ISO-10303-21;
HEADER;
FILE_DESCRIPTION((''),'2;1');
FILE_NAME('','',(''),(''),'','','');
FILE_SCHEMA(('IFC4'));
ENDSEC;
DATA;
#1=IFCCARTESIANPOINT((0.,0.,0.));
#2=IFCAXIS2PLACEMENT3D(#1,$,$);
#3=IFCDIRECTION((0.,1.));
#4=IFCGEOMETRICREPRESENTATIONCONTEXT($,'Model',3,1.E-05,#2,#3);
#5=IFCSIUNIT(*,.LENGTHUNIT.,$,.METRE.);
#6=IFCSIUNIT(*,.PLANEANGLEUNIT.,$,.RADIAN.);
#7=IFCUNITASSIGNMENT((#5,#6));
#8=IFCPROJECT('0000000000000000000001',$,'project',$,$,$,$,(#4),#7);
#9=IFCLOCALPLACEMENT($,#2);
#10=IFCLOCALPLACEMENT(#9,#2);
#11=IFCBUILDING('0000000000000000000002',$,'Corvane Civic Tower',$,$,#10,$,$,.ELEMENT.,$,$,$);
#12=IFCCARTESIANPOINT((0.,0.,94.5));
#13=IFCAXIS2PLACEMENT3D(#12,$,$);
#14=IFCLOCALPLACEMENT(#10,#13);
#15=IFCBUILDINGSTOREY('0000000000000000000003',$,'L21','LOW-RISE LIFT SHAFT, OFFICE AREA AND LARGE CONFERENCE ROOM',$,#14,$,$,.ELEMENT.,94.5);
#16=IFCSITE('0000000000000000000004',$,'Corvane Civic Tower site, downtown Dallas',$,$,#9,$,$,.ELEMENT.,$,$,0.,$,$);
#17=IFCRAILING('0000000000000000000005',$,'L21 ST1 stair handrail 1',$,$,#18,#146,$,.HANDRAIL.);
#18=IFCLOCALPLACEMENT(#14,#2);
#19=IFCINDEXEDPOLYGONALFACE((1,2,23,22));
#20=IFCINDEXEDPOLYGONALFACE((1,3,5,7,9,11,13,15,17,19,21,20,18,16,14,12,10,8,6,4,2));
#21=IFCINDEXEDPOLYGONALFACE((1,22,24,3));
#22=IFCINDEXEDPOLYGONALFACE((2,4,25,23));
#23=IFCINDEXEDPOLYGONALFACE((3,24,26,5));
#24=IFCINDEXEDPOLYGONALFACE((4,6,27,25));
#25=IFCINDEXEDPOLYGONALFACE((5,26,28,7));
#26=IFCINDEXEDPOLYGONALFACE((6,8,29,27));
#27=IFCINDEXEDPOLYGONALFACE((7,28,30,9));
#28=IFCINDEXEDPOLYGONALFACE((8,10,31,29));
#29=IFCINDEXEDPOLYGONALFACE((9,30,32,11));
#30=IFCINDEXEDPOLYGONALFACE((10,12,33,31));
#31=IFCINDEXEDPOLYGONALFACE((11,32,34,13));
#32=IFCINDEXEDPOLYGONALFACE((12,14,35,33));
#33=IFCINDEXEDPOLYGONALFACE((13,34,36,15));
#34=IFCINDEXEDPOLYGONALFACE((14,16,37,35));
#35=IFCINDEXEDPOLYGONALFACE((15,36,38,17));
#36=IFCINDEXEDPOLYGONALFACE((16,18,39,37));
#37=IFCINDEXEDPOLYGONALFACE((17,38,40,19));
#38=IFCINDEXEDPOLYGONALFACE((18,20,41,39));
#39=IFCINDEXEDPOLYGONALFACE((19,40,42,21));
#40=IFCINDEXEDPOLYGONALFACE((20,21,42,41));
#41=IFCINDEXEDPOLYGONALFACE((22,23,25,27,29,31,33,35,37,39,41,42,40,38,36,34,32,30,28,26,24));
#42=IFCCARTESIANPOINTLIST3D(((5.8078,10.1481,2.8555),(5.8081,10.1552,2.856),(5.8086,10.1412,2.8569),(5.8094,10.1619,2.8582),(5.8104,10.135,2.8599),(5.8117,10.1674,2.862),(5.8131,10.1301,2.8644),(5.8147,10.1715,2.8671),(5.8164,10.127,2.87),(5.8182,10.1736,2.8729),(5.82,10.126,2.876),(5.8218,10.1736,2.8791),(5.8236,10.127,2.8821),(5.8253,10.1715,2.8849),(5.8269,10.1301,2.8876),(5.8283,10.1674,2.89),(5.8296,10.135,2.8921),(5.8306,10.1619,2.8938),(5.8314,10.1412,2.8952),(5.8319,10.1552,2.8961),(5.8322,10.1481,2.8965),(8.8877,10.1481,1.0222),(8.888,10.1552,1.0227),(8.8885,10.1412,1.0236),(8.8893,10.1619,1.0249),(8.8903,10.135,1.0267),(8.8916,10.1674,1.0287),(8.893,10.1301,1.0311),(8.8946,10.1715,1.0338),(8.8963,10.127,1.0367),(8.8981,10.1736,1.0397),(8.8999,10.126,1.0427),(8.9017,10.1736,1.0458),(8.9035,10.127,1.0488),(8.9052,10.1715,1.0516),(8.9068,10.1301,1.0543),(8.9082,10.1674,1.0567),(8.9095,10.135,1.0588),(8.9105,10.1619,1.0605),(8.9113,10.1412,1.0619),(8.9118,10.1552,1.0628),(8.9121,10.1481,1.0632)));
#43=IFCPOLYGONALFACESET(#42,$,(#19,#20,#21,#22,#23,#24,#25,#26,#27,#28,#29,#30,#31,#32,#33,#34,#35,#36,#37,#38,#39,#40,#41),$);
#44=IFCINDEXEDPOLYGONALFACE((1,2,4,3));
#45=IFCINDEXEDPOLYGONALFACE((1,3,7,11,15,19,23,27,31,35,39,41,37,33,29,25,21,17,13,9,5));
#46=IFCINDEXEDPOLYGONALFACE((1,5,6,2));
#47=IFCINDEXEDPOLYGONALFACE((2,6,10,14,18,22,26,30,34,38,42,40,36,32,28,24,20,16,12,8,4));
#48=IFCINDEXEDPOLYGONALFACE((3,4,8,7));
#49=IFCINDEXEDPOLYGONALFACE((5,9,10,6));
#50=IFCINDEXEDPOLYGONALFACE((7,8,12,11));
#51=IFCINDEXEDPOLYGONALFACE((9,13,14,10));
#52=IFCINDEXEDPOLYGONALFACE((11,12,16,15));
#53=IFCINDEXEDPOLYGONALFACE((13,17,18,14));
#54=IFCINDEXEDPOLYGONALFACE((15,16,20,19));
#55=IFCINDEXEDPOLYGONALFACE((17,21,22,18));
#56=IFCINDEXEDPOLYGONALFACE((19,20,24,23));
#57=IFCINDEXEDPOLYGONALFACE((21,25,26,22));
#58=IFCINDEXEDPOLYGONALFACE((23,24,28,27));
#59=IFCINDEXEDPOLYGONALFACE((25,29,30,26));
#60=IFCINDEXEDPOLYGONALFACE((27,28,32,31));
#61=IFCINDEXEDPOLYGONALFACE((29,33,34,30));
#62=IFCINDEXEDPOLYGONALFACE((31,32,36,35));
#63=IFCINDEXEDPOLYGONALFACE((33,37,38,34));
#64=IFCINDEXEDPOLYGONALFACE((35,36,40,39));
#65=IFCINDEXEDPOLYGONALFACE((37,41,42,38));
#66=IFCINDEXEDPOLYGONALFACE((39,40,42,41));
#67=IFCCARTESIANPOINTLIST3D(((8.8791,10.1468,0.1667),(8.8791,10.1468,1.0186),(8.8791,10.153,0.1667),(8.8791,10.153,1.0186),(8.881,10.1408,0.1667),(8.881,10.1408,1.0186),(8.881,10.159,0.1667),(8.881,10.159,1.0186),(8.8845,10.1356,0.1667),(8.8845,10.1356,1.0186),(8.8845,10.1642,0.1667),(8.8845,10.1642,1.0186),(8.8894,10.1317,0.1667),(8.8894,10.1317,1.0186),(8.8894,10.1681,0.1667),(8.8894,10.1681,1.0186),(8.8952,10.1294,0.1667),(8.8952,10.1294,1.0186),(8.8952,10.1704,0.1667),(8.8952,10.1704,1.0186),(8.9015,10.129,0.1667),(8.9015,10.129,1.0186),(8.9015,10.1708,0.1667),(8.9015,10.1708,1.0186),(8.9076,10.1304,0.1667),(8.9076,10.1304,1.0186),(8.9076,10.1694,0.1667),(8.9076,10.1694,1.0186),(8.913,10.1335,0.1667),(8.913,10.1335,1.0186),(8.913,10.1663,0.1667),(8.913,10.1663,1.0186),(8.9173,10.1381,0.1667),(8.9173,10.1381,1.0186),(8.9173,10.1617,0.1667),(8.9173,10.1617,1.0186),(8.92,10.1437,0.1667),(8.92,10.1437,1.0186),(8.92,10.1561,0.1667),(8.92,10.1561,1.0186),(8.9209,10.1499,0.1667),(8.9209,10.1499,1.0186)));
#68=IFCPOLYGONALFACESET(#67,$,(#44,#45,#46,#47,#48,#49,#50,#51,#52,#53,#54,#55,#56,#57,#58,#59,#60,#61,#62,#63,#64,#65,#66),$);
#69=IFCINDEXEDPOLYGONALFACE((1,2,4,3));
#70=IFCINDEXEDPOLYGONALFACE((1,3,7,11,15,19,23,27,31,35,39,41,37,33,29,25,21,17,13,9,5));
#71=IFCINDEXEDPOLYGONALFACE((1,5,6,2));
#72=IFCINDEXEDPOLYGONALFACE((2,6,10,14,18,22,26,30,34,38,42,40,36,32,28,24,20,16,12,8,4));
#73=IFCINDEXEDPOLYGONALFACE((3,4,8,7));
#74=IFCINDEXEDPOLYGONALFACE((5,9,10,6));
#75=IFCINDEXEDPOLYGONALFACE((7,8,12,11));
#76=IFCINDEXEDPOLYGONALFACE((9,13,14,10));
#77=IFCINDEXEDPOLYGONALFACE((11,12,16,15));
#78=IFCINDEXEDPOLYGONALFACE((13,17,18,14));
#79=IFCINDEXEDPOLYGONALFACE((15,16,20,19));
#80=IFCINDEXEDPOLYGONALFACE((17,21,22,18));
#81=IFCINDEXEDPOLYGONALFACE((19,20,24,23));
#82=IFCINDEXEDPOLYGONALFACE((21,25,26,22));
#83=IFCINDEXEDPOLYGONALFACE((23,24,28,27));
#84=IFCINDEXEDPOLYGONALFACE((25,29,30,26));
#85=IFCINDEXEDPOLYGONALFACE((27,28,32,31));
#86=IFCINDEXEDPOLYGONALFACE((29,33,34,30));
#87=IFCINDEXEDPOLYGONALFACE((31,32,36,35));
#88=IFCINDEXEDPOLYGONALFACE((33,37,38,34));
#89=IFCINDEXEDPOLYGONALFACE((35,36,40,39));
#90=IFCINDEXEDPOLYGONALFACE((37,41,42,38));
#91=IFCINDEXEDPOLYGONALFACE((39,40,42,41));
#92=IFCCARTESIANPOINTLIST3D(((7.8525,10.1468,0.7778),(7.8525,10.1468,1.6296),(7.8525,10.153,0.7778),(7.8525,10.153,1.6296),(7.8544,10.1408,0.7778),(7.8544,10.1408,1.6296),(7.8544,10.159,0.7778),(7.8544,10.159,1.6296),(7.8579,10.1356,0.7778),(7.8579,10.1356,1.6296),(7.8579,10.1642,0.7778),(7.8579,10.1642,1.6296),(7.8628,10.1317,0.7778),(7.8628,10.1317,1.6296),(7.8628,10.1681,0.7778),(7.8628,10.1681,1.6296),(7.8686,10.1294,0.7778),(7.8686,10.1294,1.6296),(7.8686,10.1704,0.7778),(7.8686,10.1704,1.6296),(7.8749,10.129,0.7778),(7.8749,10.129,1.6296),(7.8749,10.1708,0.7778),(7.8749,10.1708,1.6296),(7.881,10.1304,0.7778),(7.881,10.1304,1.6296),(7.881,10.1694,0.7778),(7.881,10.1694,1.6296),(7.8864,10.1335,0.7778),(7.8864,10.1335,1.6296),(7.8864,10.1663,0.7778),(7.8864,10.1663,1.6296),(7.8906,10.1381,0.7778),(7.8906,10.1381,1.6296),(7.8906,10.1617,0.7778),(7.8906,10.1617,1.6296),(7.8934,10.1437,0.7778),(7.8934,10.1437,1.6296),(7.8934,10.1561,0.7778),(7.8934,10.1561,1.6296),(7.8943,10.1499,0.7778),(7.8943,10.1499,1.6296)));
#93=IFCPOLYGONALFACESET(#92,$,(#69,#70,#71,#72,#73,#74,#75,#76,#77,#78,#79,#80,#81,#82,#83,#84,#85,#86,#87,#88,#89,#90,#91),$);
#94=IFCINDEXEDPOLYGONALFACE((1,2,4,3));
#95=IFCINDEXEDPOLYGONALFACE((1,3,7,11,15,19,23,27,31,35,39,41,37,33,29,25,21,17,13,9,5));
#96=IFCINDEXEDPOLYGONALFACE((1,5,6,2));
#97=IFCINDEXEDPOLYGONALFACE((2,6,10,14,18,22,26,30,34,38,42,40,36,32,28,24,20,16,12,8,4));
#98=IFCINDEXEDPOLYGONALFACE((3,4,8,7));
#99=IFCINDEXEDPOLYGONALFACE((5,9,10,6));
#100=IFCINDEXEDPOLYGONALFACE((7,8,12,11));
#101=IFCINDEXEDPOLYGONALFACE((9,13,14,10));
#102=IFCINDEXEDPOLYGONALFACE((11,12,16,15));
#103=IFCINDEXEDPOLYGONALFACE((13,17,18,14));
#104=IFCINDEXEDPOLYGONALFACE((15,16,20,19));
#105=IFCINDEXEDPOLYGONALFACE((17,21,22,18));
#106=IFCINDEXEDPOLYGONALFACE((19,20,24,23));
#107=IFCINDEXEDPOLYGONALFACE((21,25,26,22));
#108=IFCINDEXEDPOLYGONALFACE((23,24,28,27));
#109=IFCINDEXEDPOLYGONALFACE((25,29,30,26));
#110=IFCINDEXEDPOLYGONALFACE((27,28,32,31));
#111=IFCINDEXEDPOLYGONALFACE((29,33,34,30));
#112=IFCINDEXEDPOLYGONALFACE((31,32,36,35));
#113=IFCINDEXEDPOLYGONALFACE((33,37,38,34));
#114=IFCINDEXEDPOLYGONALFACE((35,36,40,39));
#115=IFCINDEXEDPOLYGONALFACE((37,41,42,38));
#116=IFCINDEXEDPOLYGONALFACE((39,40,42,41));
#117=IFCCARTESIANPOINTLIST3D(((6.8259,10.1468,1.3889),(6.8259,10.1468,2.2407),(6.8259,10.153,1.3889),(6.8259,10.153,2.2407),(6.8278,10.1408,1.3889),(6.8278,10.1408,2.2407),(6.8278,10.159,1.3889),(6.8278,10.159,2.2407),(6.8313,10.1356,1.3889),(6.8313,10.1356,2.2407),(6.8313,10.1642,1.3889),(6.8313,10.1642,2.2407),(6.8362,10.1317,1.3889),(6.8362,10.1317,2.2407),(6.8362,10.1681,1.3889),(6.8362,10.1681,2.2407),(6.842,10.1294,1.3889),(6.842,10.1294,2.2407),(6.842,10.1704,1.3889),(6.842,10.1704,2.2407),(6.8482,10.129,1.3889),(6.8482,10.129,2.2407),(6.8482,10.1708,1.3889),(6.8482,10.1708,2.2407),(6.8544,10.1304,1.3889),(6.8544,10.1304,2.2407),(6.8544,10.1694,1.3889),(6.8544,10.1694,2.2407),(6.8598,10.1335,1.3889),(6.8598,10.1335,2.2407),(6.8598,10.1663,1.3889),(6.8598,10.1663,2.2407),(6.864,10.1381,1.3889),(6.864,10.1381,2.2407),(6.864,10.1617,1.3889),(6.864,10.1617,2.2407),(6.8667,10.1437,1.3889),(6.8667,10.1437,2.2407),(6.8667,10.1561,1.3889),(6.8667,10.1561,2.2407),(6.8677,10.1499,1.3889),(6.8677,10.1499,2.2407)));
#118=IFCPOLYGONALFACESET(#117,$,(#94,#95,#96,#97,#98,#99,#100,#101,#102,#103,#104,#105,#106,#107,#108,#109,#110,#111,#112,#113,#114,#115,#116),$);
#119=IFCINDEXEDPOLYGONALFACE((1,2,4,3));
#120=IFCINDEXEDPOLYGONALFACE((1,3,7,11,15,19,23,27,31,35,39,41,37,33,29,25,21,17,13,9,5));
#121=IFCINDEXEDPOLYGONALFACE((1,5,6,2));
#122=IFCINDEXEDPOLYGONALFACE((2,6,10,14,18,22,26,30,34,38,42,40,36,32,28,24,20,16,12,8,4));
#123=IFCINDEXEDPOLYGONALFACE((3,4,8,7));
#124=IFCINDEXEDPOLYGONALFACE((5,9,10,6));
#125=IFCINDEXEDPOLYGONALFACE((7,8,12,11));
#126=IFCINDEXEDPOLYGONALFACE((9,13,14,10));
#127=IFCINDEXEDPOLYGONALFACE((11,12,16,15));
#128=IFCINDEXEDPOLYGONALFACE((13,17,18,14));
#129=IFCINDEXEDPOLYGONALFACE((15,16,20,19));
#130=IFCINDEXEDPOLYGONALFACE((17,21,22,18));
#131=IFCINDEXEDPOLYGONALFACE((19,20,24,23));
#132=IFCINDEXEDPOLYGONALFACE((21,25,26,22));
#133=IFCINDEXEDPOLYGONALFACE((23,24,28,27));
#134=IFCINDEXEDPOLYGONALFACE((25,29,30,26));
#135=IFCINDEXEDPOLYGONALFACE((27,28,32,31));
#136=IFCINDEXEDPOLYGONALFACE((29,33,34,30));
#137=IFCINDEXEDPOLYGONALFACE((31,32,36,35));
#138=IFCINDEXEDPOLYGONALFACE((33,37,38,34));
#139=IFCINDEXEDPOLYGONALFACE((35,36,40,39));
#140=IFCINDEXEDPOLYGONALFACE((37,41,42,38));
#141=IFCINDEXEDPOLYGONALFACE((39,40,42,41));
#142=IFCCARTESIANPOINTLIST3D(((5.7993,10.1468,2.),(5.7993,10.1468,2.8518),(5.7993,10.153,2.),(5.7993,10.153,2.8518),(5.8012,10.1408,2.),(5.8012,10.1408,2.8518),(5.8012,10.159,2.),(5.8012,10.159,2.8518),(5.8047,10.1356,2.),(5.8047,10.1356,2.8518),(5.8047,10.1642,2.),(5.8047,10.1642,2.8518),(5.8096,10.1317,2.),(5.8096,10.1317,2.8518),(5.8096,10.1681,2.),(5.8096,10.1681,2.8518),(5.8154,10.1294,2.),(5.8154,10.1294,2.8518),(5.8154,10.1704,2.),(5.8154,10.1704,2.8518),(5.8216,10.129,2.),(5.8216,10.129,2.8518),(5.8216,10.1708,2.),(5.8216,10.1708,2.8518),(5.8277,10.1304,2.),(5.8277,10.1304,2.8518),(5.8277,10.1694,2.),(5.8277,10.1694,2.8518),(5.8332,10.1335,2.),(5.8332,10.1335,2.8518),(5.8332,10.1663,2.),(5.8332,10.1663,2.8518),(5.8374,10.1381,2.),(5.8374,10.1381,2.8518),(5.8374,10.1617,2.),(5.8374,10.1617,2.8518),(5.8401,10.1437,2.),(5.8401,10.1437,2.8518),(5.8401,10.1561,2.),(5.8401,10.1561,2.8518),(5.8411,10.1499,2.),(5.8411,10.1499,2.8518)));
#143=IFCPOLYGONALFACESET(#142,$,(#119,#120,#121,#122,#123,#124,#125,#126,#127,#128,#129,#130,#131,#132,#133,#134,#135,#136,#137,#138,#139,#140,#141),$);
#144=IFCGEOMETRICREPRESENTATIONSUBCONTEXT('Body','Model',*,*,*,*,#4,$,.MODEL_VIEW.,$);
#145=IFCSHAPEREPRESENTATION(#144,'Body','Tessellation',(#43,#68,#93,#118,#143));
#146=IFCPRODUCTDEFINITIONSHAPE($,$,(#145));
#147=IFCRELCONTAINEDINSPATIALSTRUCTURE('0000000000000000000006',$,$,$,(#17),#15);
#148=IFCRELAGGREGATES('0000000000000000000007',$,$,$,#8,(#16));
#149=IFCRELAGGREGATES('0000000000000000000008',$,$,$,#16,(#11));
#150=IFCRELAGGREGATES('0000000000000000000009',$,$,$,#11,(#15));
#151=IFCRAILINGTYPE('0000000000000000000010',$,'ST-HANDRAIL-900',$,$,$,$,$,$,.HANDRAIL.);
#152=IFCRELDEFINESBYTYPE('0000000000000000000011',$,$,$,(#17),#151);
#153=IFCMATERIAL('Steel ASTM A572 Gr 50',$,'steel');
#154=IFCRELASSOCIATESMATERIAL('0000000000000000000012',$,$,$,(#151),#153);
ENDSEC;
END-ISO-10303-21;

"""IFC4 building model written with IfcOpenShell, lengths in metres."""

from ifc_helpers import new_model, si_unit, direction, frame, origin, origin_2d, place, context, subcontext, project, spatial, circle, extrude, material, type_object, element, save


model = new_model("IFC4")

# Units and contexts
model_context = context("Model", 3, precision=1e-05, world=origin(), true_north=direction((0.0, 1.0)))
body_context = subcontext(model_context, "Body", "Model", "MODEL_VIEW")
ifc_project = project(units=[si_unit("LENGTHUNIT", "METRE"), si_unit("PLANEANGLEUNIT", "RADIAN")], contexts=[model_context])

# Site, building, storey
site_placement = place(None, origin())
site = spatial("IfcSite", under=ifc_project, at=site_placement, Name="Corvane Civic Tower site, downtown Dallas", CompositionType="ELEMENT", RefElevation=0.0)
building_placement = place(site_placement, origin())
building = spatial("IfcBuilding", under=site, at=building_placement, Name="Corvane Civic Tower", CompositionType="ELEMENT")
storey_placement = place(building_placement, frame((0.0, 0.0, 94.5)))
storey = spatial("IfcBuildingStorey", under=building, at=storey_placement, Name="L21", Description="LOW-RISE LIFT SHAFT, OFFICE AREA AND LARGE CONFERENCE ROOM", CompositionType="ELEMENT", Elevation=94.5)

# Railing
ifc_material_1 = material(Name="Steel ASTM A572 Gr 50", Category="steel")
railing_type_1 = type_object("IfcRailingType", Name="ST-HANDRAIL-900", PredefinedType="HANDRAIL", material=ifc_material_1)
railing_1_placement = place(storey_placement, frame((8.8999, 10.1499, 0.1667)))
element("IfcRailing", 1, at=railing_1_placement, inside=storey, type_object=railing_type_1, Name="L21 ST1 stair handrail 1", PredefinedType="HANDRAIL", context=body_context, shape_type="SweptSolid", body=[
    extrude(circle(Radius=0.0239, at=origin_2d()), frame((0.0, 0.0, 0.876), z_axis=(-0.859291, 0.0, 0.511487), x_axis=(0.0, -1.0, 0.0)), (0.0, 0.0, 1.0), 3.5842),
    extrude(circle(Radius=0.021, at=origin_2d()), origin(), (0.0, 0.0, 1.0), 0.8518),
    extrude(circle(Radius=0.021, at=origin_2d()), frame((-1.0266, 0.0, 0.6111)), (0.0, 0.0, 1.0), 0.8518),
    extrude(circle(Radius=0.021, at=origin_2d()), frame((-2.0532, 0.0, 1.2222)), (0.0, 0.0, 1.0), 0.8518),
    extrude(circle(Radius=0.021, at=origin_2d()), frame((-3.0798, 0.0, 1.8333)), (0.0, 0.0, 1.0), 0.8518),
])

save(model, "model.ifc")
